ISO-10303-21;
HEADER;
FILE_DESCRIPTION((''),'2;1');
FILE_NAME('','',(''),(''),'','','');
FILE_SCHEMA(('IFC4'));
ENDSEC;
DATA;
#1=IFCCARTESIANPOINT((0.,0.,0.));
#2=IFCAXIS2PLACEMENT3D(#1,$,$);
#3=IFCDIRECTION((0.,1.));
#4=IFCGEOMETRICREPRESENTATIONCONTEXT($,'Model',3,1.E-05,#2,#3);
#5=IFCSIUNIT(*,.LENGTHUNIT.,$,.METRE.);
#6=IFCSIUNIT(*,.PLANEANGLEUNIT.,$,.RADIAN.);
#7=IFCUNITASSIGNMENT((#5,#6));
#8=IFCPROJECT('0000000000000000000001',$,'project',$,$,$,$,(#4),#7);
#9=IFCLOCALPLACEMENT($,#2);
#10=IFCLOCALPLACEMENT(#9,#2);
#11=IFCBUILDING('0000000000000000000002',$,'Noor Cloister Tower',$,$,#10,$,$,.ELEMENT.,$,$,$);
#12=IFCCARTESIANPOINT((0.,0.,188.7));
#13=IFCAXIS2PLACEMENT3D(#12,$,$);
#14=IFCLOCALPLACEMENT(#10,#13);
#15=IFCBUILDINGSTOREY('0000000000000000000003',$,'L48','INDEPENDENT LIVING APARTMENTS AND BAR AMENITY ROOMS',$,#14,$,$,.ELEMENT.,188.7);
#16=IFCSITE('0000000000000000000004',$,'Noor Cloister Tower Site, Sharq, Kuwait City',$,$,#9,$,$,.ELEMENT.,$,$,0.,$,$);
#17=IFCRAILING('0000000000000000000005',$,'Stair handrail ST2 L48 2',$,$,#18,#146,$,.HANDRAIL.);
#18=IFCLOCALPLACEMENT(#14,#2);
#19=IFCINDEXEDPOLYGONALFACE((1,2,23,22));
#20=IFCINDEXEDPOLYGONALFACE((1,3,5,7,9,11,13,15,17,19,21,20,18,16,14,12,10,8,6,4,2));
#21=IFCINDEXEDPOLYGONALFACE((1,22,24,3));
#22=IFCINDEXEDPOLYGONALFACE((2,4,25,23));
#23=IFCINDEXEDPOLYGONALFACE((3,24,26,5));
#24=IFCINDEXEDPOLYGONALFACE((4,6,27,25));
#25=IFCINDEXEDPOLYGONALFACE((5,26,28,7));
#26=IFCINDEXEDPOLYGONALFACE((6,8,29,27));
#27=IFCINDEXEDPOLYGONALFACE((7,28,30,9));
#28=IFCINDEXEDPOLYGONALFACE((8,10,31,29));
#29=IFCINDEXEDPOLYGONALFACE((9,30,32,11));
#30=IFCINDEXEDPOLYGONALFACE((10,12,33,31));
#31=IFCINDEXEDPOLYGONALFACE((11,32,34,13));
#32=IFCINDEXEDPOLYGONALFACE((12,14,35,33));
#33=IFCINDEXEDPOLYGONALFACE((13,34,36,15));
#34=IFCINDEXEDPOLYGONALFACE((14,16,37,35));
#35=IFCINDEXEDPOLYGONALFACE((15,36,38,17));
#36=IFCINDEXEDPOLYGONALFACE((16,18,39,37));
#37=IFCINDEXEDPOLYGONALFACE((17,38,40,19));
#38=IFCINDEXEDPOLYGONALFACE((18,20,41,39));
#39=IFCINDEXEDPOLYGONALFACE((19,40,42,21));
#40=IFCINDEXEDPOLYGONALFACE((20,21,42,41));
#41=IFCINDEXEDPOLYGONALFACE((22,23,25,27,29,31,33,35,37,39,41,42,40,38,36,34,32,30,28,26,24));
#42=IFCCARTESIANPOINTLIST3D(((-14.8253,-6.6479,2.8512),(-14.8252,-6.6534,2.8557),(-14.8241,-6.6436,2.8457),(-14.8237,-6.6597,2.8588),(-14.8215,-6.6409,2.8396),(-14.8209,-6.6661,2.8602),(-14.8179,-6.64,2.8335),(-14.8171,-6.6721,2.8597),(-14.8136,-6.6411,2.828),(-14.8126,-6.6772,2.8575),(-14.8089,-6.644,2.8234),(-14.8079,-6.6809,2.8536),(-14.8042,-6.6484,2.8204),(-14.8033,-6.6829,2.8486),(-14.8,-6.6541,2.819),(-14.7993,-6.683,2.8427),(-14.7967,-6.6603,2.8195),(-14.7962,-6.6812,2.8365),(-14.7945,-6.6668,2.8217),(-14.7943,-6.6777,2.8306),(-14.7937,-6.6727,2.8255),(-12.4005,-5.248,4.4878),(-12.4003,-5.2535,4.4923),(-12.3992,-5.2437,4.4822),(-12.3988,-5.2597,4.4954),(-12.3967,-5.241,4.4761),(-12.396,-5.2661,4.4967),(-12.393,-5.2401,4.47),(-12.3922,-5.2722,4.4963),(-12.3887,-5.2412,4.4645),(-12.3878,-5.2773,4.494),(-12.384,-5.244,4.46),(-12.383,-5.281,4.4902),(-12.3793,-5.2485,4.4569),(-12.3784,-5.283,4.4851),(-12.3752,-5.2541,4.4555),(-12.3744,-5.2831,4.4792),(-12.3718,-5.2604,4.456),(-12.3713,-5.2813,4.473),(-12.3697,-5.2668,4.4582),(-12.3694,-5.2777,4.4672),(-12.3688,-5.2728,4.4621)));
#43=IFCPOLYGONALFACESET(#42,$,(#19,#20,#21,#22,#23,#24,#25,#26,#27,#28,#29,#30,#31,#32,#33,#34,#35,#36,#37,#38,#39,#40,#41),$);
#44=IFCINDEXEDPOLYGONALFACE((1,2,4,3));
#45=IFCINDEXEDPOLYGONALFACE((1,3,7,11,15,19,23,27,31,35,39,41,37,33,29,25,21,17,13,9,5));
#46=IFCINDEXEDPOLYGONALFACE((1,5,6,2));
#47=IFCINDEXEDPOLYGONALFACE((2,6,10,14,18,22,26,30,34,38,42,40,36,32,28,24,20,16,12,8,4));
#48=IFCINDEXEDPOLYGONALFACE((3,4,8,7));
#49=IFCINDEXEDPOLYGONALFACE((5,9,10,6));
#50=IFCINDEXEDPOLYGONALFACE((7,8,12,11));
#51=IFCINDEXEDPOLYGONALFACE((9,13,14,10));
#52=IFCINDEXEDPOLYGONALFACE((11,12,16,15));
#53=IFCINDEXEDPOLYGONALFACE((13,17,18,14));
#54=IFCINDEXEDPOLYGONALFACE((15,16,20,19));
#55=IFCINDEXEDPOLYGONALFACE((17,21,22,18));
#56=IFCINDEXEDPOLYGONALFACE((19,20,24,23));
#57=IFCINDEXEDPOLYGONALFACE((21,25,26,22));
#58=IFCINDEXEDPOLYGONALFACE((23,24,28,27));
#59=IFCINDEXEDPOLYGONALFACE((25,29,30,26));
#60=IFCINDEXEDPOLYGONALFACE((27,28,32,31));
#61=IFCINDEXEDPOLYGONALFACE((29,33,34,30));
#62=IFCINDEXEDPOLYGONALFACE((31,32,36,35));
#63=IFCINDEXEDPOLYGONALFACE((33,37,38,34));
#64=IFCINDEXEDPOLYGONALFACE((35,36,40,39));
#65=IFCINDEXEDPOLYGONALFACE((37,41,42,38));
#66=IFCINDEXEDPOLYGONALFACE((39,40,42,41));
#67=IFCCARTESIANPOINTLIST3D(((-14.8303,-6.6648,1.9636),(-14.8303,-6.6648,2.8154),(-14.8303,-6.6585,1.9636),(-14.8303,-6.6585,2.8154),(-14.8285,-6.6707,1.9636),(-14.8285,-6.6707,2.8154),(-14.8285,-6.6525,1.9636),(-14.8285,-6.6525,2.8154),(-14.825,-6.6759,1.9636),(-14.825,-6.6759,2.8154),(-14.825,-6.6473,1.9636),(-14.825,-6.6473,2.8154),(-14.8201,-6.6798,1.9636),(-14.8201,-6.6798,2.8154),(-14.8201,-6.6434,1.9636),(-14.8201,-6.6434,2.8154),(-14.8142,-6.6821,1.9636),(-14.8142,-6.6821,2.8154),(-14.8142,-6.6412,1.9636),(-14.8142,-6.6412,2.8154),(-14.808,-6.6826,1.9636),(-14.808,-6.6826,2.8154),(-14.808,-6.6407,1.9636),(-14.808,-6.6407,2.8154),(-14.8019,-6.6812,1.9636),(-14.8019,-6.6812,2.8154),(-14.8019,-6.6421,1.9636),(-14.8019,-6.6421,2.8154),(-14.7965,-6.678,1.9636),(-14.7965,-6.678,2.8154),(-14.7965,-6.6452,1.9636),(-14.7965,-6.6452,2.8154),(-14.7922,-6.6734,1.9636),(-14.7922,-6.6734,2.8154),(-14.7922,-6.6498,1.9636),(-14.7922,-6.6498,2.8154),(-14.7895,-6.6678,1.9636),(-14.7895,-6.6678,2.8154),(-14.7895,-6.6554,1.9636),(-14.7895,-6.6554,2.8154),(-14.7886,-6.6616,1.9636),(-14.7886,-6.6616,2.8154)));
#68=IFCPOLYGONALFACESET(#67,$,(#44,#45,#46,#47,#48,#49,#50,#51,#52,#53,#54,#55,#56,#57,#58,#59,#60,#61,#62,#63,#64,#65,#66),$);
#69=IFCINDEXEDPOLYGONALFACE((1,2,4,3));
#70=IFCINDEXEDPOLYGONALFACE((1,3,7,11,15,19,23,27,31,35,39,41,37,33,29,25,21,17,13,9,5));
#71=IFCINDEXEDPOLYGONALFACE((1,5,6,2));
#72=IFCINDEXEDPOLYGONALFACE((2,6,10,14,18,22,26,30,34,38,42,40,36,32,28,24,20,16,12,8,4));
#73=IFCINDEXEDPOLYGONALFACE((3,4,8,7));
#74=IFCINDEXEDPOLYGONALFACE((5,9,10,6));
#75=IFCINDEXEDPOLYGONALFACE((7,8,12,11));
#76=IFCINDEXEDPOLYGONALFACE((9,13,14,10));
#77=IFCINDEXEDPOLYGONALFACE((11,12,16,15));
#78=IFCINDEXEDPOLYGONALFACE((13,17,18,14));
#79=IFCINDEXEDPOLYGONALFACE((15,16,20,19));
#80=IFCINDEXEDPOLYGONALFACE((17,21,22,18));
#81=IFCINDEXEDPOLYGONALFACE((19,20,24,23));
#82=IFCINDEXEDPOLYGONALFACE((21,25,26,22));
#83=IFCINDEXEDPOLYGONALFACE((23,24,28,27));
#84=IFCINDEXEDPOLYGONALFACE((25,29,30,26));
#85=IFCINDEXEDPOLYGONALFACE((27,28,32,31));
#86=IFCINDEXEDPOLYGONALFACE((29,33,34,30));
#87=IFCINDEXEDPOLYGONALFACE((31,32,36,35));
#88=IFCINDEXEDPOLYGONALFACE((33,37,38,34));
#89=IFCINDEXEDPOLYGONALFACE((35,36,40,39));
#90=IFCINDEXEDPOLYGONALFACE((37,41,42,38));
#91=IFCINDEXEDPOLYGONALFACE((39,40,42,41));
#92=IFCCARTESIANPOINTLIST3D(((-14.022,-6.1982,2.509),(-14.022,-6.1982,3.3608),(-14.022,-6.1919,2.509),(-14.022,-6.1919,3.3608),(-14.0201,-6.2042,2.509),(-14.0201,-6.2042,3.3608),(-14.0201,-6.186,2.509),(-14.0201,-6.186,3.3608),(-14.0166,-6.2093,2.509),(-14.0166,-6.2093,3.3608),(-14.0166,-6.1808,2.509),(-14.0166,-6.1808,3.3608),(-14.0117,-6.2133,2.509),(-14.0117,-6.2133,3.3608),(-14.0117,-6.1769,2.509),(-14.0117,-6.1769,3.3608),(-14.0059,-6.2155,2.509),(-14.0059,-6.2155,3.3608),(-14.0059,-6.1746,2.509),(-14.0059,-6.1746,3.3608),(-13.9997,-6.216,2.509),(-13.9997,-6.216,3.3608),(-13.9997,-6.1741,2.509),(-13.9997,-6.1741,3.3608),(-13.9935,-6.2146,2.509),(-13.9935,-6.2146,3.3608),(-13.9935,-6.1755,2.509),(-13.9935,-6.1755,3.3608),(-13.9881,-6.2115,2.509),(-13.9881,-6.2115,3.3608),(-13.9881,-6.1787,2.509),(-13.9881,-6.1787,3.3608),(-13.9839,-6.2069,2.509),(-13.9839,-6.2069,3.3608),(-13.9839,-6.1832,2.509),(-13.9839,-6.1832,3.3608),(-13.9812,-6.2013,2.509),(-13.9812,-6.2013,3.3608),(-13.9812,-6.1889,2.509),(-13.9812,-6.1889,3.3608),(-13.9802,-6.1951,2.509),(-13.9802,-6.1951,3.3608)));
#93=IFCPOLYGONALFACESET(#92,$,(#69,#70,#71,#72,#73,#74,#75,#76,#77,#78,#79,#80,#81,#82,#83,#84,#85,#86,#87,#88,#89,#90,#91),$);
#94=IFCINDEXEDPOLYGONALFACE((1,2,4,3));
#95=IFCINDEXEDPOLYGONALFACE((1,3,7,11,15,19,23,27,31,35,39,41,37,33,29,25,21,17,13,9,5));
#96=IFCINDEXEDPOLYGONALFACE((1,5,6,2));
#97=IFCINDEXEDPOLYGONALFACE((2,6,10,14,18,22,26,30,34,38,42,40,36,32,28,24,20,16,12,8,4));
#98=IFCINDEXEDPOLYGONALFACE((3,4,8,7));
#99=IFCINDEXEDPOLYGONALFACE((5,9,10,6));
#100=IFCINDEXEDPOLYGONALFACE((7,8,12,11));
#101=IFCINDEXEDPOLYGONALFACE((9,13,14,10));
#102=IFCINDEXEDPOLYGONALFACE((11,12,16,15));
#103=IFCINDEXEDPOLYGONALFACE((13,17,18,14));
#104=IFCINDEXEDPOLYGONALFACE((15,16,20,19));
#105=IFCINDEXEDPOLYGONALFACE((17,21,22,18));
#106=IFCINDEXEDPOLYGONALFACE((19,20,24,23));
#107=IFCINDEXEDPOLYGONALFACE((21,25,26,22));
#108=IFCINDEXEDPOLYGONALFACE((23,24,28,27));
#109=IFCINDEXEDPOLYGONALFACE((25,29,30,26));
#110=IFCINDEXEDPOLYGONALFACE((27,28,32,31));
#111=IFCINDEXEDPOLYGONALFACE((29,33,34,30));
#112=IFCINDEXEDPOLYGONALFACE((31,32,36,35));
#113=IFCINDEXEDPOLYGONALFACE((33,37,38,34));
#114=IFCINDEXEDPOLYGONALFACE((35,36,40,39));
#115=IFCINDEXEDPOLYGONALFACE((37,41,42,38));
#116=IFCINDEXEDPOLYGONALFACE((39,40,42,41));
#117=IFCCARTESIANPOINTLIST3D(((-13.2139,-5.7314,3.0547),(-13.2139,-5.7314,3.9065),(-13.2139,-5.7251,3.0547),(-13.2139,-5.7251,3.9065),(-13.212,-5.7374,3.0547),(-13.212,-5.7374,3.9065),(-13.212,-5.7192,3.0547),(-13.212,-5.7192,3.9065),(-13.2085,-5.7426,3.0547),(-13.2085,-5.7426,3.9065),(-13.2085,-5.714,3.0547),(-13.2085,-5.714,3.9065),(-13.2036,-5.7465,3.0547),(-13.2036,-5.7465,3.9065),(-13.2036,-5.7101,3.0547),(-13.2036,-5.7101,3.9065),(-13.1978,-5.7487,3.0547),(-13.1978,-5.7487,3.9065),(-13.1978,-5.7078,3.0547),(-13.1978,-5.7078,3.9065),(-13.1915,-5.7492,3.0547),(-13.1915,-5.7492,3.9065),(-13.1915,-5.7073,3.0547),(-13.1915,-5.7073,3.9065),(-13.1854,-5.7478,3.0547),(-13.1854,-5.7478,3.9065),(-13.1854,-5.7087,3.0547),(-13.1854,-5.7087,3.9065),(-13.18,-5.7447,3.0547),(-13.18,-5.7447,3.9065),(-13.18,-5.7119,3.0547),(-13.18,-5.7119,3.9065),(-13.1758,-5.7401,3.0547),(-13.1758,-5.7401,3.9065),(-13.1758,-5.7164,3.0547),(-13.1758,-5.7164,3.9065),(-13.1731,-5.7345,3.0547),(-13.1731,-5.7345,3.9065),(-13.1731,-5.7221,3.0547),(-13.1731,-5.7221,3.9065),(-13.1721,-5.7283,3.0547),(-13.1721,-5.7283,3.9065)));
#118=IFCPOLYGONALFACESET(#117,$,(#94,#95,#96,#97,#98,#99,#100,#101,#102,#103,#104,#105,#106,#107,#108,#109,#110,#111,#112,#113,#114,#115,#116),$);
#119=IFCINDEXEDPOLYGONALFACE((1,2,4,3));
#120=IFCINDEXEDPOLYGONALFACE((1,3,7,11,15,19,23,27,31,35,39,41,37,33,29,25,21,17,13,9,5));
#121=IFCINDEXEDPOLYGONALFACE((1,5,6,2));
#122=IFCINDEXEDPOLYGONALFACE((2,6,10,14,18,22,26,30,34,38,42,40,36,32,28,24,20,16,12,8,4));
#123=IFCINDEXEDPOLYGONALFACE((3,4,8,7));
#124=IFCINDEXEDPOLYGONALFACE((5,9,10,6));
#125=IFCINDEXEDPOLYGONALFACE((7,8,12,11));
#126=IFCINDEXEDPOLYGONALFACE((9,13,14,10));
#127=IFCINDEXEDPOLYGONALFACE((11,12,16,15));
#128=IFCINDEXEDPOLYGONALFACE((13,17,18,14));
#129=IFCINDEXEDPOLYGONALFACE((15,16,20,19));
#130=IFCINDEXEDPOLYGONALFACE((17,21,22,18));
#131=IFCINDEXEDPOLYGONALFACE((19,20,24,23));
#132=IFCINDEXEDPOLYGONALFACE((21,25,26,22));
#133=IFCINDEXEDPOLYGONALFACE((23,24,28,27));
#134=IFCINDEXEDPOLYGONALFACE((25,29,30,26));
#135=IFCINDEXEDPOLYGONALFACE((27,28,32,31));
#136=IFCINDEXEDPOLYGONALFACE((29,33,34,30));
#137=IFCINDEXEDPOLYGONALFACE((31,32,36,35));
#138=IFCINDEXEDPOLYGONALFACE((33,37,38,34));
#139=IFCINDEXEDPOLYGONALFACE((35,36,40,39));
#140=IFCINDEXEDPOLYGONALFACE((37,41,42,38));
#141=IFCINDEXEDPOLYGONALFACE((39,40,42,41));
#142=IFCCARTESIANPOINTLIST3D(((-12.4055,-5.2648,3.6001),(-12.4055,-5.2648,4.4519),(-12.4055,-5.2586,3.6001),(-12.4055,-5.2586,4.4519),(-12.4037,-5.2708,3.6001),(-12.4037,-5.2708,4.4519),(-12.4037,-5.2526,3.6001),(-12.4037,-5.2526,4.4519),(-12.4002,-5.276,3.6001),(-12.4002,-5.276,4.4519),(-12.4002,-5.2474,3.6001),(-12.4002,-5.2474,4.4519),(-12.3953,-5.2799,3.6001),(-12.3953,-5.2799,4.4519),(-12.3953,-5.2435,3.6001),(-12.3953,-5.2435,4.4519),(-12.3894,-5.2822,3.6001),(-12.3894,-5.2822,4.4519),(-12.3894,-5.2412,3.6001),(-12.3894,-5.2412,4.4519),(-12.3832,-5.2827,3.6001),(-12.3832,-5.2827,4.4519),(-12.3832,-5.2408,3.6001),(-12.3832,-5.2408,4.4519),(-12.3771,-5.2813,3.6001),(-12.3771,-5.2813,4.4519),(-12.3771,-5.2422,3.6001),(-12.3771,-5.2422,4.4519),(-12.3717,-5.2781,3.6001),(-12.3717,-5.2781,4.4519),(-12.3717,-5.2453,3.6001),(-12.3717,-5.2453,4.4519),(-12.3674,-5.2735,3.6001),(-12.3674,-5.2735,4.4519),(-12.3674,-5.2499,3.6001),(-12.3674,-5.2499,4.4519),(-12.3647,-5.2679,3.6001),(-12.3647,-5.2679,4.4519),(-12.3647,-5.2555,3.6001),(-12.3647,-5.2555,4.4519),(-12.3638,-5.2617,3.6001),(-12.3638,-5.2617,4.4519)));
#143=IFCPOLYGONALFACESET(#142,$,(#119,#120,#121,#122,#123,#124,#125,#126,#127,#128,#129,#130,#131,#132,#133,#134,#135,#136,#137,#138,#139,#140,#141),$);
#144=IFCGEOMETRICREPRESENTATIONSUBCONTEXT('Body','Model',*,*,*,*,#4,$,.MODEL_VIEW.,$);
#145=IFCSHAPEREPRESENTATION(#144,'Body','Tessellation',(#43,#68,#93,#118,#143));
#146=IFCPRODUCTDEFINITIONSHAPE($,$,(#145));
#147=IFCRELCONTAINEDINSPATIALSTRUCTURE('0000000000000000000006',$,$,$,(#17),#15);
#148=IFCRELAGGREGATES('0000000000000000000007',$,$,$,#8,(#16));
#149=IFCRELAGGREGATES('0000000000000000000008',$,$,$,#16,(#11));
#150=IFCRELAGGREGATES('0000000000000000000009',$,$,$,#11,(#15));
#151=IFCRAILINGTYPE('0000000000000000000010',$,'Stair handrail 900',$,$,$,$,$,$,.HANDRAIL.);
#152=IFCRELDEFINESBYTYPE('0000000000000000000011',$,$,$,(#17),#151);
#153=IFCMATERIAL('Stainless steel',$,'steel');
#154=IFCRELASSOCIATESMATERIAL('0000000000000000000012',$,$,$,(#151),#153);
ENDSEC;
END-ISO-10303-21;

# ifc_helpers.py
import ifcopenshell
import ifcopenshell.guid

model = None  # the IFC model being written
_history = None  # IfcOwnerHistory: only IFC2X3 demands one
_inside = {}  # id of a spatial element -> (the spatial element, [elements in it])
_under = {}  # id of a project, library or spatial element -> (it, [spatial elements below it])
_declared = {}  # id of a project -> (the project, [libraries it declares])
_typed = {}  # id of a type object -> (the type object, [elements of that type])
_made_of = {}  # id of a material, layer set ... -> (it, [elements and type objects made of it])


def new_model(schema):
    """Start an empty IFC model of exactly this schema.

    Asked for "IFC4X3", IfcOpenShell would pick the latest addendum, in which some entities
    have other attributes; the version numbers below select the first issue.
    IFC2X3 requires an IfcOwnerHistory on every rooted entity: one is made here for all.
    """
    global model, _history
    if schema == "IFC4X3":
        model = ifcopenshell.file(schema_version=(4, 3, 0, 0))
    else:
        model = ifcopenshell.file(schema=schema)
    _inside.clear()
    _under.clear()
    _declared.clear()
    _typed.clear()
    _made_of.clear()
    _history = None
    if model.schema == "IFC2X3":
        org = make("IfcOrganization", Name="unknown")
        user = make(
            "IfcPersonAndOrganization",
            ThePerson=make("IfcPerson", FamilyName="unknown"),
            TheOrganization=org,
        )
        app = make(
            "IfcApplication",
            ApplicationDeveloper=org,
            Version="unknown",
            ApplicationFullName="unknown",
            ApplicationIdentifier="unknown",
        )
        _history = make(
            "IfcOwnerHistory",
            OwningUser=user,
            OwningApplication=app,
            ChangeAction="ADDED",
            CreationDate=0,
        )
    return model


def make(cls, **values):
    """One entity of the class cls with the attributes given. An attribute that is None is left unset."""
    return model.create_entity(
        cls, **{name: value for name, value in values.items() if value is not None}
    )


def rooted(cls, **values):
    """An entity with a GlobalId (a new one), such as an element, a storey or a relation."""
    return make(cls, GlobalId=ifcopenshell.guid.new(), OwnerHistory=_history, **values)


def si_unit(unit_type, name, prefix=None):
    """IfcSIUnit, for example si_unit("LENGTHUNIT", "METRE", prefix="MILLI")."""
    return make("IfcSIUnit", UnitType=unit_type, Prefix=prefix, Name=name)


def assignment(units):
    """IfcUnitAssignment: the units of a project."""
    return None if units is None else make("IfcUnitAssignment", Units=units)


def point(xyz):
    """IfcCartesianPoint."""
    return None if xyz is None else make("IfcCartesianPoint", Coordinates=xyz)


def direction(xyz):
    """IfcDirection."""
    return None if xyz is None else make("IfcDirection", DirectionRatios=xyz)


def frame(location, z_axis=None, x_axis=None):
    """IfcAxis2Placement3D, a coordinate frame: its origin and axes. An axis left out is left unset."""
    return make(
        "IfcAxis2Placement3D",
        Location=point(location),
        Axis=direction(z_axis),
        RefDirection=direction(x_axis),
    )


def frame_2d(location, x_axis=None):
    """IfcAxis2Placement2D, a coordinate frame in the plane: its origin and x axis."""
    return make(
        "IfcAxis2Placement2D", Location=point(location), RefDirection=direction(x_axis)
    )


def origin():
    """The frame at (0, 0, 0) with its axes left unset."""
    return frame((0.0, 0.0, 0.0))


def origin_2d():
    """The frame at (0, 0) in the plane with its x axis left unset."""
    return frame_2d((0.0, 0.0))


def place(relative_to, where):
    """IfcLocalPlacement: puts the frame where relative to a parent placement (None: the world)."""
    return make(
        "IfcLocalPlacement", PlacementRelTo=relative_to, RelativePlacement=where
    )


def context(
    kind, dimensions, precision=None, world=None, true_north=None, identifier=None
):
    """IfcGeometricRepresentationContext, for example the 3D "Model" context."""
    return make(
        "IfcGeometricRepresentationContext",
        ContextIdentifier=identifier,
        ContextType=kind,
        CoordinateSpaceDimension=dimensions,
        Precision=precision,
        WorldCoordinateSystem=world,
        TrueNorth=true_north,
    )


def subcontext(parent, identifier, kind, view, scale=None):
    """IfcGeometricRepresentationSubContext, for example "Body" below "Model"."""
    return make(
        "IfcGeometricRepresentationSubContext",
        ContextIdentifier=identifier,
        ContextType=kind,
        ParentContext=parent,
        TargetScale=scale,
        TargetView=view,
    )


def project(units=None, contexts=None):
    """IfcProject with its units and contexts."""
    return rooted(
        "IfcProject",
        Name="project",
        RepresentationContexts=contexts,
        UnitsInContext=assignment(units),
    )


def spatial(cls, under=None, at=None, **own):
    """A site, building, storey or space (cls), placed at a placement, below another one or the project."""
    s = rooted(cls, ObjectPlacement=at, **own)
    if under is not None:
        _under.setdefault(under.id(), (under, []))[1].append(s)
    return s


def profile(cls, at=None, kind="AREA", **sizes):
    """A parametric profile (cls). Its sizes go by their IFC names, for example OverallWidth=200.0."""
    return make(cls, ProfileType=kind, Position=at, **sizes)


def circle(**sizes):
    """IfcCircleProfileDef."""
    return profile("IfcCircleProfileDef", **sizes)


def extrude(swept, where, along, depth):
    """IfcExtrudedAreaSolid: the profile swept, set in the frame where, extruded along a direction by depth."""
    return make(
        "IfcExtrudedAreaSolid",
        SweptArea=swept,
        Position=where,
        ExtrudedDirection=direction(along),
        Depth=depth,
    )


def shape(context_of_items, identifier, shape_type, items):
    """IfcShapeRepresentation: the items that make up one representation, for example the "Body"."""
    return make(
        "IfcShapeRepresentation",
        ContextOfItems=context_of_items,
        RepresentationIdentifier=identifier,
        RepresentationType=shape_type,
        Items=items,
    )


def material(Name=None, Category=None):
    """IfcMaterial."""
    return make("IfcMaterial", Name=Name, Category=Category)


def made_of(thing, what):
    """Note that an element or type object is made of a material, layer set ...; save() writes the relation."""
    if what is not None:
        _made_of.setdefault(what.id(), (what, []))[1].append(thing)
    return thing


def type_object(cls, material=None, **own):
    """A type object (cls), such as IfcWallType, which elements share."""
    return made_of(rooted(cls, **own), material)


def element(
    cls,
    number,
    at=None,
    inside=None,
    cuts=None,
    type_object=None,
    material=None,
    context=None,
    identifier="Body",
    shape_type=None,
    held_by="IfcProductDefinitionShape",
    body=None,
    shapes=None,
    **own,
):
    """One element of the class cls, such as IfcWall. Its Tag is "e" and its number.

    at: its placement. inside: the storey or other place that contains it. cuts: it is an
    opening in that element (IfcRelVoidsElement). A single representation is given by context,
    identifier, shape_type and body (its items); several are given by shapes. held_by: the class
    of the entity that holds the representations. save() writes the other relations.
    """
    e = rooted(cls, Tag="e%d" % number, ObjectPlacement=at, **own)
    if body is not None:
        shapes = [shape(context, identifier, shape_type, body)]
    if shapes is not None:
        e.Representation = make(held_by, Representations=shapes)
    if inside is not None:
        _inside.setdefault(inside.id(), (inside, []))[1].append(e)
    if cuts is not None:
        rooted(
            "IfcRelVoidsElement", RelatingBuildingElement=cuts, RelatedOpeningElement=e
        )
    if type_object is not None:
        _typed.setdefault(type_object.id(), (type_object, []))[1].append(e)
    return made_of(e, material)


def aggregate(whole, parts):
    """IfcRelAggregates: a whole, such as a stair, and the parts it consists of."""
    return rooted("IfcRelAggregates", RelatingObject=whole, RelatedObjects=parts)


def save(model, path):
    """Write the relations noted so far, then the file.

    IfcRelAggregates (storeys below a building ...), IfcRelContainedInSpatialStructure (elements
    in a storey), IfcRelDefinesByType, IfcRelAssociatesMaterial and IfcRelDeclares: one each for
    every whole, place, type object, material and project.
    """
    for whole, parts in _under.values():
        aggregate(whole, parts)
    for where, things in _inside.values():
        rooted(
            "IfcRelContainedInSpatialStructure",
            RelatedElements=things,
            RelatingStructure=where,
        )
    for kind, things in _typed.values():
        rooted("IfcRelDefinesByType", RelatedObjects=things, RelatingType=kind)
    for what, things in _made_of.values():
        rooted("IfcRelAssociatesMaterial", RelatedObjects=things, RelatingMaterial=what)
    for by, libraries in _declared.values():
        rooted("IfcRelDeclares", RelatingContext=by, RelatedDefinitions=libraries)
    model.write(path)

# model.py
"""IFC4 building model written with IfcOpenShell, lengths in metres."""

from ifc_helpers import new_model, si_unit, direction, frame, origin, origin_2d, place, context, subcontext, project, spatial, circle, extrude, material, type_object, element, save


model = new_model("IFC4")

# Units and contexts
model_context = context("Model", 3, precision=1e-05, world=origin(), true_north=direction((0.0, 1.0)))
body_context = subcontext(model_context, "Body", "Model", "MODEL_VIEW")
ifc_project = project(units=[si_unit("LENGTHUNIT", "METRE"), si_unit("PLANEANGLEUNIT", "RADIAN")], contexts=[model_context])

# Site, building, storey
site_placement = place(None, origin())
site = spatial("IfcSite", under=ifc_project, at=site_placement, Name="Noor Cloister Tower Site, Sharq, Kuwait City", CompositionType="ELEMENT", RefElevation=0.0)
building_placement = place(site_placement, origin())
building = spatial("IfcBuilding", under=site, at=building_placement, Name="Noor Cloister Tower", CompositionType="ELEMENT")
storey_placement = place(building_placement, frame((0.0, 0.0, 188.7)))
storey = spatial("IfcBuildingStorey", under=building, at=storey_placement, Name="L48", Description="INDEPENDENT LIVING APARTMENTS AND BAR AMENITY ROOMS", CompositionType="ELEMENT", Elevation=188.7)

# Railing
ifc_material_1 = material(Name="Stainless steel", Category="steel")
railing_type_1 = type_object("IfcRailingType", Name="Stair handrail 900", PredefinedType="HANDRAIL", material=ifc_material_1)
railing_1_placement = place(storey_placement, frame((-14.8096, -6.6616, 1.9636)))
element("IfcRailing", 1, at=railing_1_placement, inside=storey, type_object=railing_type_1, Name="Stair handrail ST2 L48 2", PredefinedType="HANDRAIL", context=body_context, shape_type="SweptSolid", body=[
    extrude(circle(Radius=0.0239, at=origin_2d()), frame((0.0, 0.0, 0.876), z_axis=(0.74769, 0.431661, 0.504608), x_axis=(-0.499984, 0.866035, 0.0)), (0.0, 0.0, 1.0), 3.2432),
    extrude(circle(Radius=0.021, at=origin_2d()), origin(), (0.0, 0.0, 1.0), 0.8518),
    extrude(circle(Radius=0.021, at=origin_2d()), frame((0.8083, 0.4666, 0.5454)), (0.0, 0.0, 1.0), 0.8518),
    extrude(circle(Radius=0.021, at=origin_2d()), frame((1.6165, 0.9333, 1.0911)), (0.0, 0.0, 1.0), 0.8518),
    extrude(circle(Radius=0.021, at=origin_2d()), frame((2.4248, 1.3999, 1.6365)), (0.0, 0.0, 1.0), 0.8518),
])

save(model, "model.ifc")
